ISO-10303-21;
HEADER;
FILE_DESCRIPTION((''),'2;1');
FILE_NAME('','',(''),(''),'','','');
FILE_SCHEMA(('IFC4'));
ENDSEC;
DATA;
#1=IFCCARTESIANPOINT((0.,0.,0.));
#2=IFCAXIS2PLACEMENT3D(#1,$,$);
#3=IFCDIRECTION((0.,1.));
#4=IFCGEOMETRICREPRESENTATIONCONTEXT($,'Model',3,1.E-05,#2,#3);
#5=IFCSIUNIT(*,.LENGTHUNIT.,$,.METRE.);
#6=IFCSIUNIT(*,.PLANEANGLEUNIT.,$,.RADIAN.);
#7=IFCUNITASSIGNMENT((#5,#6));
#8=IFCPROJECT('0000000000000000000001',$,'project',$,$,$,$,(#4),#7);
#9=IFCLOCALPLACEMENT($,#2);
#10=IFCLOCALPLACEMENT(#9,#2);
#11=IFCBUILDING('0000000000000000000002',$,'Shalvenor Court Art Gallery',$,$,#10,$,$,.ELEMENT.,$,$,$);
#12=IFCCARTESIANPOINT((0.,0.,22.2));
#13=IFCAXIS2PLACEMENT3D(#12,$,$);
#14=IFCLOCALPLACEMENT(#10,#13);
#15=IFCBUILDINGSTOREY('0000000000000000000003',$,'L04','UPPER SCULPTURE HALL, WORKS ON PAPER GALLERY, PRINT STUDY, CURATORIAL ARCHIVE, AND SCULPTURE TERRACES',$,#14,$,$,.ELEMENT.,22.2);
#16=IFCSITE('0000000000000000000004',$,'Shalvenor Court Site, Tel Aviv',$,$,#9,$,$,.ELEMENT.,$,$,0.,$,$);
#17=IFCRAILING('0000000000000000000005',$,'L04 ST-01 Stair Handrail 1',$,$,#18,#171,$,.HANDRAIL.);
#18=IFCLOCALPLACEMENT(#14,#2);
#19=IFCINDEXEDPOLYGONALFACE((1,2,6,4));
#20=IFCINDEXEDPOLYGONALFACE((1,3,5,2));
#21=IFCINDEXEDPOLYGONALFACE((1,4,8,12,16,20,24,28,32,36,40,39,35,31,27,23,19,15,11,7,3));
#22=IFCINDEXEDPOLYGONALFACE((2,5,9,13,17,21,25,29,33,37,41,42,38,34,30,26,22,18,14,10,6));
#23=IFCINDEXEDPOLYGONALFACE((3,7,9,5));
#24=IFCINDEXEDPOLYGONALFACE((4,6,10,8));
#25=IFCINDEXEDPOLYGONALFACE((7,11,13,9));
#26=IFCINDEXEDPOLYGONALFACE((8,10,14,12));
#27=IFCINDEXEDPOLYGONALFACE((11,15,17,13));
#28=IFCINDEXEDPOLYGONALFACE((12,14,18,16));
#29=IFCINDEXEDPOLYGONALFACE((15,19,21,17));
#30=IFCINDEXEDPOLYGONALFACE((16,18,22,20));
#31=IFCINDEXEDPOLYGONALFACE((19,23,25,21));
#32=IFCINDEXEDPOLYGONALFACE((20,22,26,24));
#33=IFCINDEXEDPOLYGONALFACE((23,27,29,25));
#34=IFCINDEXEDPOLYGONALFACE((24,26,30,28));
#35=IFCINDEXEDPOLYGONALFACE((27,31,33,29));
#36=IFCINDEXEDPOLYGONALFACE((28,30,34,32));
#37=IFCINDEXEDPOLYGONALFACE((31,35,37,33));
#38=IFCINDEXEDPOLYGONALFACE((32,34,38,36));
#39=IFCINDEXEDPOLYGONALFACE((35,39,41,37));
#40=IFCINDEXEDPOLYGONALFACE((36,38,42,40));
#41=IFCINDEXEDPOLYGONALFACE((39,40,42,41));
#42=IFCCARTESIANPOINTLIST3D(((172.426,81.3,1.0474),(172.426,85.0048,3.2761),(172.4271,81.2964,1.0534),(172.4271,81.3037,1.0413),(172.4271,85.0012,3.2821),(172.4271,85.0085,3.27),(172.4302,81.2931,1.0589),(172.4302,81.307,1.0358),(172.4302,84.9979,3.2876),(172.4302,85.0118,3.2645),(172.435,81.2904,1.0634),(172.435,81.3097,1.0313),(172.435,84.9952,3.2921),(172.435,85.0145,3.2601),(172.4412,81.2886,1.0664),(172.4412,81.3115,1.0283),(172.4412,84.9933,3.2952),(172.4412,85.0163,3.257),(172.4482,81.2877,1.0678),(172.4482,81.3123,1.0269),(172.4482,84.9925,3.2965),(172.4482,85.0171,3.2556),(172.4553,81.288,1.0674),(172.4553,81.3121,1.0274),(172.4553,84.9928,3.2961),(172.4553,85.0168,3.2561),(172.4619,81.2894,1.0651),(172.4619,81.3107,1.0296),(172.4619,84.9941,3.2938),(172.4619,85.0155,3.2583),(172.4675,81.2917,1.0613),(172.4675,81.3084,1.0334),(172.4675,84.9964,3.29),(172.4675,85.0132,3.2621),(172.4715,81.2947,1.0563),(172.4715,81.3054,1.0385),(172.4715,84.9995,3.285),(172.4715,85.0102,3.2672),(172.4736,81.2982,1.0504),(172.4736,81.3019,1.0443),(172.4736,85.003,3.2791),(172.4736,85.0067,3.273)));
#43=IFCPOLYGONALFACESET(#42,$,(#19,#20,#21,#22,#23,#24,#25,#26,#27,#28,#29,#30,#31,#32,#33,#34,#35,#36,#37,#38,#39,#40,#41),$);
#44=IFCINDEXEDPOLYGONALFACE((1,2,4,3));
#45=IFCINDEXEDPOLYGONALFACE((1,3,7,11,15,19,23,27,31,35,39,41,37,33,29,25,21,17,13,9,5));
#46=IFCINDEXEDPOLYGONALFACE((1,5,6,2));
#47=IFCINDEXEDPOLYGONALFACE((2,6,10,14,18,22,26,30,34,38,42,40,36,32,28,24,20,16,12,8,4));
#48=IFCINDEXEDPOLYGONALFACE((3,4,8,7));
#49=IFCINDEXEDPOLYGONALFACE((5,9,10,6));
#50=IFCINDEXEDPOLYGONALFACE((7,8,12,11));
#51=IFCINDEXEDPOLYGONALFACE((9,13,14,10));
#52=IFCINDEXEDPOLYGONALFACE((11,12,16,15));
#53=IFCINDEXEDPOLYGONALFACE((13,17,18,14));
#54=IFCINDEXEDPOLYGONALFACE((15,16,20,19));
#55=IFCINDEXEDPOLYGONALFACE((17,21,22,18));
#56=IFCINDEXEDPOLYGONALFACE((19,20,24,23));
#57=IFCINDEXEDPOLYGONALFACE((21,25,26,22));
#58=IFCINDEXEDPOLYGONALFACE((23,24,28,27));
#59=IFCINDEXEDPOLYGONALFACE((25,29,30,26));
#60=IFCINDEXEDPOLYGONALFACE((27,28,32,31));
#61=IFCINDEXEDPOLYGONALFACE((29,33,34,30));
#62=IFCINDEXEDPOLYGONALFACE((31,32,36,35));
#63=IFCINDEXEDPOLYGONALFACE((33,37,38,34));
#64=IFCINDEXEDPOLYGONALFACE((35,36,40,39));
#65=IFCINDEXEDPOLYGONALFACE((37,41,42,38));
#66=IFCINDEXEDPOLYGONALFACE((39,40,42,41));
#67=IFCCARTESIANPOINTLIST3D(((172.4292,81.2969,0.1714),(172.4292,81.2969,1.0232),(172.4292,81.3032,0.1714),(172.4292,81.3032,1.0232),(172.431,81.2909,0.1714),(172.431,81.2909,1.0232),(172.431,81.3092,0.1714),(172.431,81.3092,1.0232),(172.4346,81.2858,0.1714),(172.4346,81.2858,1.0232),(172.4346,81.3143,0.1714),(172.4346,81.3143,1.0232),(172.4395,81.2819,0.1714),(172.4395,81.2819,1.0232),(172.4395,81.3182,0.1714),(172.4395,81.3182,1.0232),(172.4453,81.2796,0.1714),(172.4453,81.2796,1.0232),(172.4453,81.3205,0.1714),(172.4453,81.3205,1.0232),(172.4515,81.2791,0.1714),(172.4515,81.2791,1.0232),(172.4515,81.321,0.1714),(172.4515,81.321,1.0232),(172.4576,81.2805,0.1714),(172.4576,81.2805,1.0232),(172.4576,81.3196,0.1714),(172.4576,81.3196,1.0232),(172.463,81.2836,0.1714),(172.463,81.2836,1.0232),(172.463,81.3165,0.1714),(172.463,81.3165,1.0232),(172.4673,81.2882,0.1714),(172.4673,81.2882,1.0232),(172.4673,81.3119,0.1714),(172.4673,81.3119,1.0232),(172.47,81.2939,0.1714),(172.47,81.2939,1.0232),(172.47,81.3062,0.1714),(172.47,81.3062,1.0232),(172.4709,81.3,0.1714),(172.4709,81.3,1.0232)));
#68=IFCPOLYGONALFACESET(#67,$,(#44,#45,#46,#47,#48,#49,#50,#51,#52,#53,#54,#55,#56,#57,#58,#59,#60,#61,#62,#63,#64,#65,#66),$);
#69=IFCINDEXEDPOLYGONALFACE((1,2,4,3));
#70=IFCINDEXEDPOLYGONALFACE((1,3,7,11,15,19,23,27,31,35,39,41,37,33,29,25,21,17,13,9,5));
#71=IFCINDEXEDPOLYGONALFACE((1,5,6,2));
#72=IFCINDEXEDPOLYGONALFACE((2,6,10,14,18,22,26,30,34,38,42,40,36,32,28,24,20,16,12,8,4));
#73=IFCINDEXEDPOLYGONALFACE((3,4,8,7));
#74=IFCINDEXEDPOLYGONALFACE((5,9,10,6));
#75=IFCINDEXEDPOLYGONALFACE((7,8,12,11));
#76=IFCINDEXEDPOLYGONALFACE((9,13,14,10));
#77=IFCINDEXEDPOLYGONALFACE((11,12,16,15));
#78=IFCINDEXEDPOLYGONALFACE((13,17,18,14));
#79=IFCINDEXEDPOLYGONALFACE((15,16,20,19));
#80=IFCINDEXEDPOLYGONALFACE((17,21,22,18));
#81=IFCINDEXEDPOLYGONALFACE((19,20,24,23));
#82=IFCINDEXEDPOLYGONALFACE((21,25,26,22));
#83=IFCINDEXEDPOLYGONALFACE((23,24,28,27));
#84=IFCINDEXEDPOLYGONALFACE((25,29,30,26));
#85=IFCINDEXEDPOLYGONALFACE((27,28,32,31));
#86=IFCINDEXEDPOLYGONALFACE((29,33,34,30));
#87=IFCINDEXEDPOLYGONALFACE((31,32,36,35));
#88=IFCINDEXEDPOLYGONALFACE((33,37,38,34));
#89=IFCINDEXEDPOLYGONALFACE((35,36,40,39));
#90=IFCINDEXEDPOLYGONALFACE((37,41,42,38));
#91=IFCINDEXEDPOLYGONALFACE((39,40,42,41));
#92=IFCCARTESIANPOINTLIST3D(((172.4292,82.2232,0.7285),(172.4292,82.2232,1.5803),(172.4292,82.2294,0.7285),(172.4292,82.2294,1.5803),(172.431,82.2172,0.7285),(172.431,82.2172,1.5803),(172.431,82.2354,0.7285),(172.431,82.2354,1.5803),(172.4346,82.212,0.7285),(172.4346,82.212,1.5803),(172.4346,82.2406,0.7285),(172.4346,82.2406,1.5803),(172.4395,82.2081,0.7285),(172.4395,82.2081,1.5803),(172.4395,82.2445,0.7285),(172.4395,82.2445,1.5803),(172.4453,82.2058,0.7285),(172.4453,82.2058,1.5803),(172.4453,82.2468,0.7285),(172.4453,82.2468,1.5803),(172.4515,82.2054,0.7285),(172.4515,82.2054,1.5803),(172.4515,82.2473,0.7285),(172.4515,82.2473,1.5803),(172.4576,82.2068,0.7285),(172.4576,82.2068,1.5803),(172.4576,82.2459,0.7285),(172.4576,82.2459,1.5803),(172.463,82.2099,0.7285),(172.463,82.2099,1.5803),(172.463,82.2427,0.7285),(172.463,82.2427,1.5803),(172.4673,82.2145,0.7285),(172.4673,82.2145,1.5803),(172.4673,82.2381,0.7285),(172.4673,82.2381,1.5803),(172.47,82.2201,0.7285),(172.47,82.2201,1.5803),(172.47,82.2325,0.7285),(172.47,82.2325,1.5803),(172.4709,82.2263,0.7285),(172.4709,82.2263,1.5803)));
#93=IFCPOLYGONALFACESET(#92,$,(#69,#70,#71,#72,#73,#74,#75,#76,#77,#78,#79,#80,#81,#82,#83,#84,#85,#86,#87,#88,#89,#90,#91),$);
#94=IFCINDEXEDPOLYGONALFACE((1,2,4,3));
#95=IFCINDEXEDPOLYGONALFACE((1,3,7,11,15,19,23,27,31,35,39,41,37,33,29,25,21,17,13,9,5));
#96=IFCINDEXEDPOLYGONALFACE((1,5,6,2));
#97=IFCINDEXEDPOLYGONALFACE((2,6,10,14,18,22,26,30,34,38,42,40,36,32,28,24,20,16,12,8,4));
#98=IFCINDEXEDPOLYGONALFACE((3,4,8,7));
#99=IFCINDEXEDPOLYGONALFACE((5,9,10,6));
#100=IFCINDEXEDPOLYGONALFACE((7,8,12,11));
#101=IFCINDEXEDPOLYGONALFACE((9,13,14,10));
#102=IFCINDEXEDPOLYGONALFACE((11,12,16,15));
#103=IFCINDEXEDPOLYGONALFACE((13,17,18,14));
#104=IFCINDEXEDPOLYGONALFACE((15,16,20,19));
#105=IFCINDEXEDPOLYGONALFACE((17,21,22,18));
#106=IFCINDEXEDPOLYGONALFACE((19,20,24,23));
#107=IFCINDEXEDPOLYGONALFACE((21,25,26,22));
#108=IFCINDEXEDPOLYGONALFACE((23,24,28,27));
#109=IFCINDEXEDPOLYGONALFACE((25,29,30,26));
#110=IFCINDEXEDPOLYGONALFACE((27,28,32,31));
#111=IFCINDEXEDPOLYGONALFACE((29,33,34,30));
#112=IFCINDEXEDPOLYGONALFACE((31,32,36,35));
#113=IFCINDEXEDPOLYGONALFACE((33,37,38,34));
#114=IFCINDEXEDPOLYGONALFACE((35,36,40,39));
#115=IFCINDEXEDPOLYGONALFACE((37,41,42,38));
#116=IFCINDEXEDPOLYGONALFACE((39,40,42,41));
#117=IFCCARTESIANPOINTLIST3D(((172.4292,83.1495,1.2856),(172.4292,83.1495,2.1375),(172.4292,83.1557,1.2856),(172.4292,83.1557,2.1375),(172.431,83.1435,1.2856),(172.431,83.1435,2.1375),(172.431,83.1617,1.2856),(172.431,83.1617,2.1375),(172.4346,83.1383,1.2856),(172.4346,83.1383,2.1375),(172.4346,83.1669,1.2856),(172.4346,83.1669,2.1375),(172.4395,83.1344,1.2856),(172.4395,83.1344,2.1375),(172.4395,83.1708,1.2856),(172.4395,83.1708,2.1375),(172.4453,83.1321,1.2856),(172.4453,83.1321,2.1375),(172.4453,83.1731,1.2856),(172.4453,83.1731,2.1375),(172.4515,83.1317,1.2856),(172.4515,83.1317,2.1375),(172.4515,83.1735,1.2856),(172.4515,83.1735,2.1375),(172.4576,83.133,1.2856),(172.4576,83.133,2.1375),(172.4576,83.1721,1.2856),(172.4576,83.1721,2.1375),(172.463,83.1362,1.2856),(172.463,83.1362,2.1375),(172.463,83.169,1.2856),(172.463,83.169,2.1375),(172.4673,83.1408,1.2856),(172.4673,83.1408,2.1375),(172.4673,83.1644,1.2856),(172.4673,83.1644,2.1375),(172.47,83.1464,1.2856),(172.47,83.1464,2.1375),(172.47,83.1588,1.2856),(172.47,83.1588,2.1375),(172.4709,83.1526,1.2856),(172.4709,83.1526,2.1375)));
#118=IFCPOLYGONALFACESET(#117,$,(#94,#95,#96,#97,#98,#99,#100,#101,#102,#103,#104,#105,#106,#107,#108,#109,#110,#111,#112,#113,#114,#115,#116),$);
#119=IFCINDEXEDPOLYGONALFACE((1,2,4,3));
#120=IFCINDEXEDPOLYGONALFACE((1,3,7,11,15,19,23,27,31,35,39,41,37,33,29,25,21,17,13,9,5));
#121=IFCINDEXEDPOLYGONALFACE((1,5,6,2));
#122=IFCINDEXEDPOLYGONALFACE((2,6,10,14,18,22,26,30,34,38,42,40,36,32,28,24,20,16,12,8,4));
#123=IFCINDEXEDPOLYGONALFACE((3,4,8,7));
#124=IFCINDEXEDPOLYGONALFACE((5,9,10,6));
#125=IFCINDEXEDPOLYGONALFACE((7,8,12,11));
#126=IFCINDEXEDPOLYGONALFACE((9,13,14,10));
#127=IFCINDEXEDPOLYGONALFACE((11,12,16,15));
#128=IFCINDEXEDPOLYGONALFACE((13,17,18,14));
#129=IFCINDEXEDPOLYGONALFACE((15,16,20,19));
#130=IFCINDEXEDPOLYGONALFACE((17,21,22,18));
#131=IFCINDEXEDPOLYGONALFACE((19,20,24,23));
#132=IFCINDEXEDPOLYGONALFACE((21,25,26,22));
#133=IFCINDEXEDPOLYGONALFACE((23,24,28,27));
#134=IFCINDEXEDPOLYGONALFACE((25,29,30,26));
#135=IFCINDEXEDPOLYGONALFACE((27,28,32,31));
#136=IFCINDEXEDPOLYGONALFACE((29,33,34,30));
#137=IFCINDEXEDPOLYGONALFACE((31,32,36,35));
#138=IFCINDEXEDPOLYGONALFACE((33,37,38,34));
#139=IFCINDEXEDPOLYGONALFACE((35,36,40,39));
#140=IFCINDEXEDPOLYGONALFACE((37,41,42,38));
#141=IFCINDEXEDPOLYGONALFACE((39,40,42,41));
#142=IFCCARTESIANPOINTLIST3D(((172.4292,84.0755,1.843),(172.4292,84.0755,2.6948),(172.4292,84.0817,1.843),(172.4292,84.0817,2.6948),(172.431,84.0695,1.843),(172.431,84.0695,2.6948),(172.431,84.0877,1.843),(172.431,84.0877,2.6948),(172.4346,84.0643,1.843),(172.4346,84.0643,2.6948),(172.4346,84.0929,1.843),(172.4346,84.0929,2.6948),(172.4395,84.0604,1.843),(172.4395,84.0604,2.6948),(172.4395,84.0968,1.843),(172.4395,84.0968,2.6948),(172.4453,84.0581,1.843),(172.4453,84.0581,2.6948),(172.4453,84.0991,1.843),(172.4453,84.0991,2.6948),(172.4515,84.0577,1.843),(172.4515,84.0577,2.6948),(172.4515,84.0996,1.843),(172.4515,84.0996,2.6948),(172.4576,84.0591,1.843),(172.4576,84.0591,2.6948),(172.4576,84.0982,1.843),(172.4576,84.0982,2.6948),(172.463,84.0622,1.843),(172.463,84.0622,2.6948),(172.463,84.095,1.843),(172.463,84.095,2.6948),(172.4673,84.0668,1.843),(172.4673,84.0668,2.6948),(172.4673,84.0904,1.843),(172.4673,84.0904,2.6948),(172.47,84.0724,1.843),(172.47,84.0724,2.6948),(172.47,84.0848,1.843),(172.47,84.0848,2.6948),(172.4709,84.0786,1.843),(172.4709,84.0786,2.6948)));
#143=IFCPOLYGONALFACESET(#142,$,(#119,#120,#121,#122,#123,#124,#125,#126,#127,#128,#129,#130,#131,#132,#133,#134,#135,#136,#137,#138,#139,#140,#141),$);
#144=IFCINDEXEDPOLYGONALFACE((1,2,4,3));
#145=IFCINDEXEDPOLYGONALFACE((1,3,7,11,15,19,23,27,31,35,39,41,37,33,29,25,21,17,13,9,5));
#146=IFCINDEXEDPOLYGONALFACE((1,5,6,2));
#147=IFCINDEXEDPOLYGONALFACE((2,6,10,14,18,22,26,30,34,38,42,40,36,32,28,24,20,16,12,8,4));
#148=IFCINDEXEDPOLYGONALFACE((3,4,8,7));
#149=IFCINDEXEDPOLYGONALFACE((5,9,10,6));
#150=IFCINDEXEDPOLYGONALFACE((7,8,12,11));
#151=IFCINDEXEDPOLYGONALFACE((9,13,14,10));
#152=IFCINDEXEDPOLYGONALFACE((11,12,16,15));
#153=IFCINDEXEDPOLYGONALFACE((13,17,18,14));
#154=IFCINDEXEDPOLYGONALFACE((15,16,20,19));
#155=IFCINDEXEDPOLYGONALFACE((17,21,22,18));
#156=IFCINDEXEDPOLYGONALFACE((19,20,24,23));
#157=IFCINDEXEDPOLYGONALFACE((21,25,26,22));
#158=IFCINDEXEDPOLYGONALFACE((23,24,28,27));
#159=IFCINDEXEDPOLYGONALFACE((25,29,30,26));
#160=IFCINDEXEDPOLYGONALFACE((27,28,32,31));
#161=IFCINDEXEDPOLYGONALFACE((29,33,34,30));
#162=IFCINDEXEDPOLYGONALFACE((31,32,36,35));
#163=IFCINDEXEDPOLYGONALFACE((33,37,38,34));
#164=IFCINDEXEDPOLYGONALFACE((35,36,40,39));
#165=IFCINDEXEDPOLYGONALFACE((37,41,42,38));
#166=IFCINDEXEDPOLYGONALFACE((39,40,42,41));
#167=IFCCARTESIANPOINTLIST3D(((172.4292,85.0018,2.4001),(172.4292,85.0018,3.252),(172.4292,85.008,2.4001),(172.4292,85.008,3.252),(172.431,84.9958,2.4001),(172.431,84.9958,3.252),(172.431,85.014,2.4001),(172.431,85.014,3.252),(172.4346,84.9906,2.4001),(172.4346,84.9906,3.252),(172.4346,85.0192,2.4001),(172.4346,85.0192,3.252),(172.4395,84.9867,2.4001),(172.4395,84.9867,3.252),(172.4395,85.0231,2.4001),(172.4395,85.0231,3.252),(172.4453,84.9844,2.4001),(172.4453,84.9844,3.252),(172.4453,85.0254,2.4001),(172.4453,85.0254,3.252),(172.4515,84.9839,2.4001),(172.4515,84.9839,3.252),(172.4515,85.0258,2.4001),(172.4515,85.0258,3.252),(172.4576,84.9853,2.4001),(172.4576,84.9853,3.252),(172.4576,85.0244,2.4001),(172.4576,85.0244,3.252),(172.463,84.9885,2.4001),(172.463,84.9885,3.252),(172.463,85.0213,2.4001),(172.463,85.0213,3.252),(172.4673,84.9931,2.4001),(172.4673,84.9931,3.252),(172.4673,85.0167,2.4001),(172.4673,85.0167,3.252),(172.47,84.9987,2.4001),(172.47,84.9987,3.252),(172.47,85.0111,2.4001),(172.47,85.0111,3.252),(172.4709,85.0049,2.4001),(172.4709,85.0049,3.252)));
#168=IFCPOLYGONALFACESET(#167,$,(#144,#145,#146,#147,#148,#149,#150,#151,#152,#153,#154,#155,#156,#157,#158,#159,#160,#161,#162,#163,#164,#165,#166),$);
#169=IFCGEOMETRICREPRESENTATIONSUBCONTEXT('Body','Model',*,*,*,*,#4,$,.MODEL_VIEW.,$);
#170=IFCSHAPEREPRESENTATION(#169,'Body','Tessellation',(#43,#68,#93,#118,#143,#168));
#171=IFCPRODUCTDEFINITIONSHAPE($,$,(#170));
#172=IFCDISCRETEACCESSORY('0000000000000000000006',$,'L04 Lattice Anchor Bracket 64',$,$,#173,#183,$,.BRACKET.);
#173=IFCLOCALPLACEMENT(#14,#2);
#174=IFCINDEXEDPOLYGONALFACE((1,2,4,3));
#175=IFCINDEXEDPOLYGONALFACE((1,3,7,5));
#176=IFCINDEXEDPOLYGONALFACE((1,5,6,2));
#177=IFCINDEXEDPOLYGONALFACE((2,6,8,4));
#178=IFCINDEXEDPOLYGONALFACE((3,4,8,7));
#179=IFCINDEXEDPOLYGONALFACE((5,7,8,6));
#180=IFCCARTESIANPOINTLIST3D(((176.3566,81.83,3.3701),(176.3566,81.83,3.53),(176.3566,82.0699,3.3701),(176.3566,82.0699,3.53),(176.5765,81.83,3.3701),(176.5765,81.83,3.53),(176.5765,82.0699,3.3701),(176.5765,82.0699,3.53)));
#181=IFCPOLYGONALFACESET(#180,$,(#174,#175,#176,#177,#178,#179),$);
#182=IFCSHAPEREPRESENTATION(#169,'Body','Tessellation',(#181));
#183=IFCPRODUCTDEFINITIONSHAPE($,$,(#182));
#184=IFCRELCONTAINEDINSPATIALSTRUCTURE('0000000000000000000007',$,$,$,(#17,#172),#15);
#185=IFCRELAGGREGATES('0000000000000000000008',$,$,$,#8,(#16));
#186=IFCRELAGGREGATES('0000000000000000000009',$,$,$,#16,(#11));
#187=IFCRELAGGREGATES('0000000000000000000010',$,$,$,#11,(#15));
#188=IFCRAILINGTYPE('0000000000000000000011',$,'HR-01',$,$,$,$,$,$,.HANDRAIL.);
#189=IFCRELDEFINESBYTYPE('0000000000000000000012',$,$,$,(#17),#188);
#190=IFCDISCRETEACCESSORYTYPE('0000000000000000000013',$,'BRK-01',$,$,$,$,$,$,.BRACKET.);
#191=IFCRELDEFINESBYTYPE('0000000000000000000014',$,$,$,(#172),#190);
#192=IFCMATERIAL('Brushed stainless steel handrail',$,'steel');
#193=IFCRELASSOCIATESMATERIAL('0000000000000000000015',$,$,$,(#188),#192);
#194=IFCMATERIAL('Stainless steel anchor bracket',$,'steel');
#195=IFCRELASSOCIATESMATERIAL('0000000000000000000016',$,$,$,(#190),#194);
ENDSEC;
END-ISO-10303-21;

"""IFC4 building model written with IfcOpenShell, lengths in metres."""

from ifc_helpers import new_model, si_unit, direction, frame, origin, origin_2d, place, context, subcontext, project, spatial, rectangle, circle, extrude, material, type_object, element, save


model = new_model("IFC4")

# Units and contexts
model_context = context("Model", 3, precision=1e-05, world=origin(), true_north=direction((0.0, 1.0)))
body_context = subcontext(model_context, "Body", "Model", "MODEL_VIEW")
ifc_project = project(units=[si_unit("LENGTHUNIT", "METRE"), si_unit("PLANEANGLEUNIT", "RADIAN")], contexts=[model_context])

# Site, building, storey
site_placement = place(None, origin())
site = spatial("IfcSite", under=ifc_project, at=site_placement, Name="Shalvenor Court Site, Tel Aviv", CompositionType="ELEMENT", RefElevation=0.0)
building_placement = place(site_placement, origin())
building = spatial("IfcBuilding", under=site, at=building_placement, Name="Shalvenor Court Art Gallery", CompositionType="ELEMENT")
storey_placement = place(building_placement, frame((0.0, 0.0, 22.2)))
storey = spatial("IfcBuildingStorey", under=building, at=storey_placement, Name="L04", Description="UPPER SCULPTURE HALL, WORKS ON PAPER GALLERY, PRINT STUDY, CURATORIAL ARCHIVE, AND SCULPTURE TERRACES", CompositionType="ELEMENT", Elevation=22.2)

# Railing
ifc_material_1 = material(Name="Brushed stainless steel handrail", Category="steel")
railing_type_1 = type_object("IfcRailingType", Name="HR-01", PredefinedType="HANDRAIL", material=ifc_material_1)
railing_1_placement = place(storey_placement, frame((172.45, 81.3, 0.1714)))
element("IfcRailing", 1, at=railing_1_placement, inside=storey, type_object=railing_type_1, Name="L04 ST-01 Stair Handrail 1", PredefinedType="HANDRAIL", context=body_context, shape_type="SweptSolid", body=[
    extrude(circle(Radius=0.0239, at=origin_2d()), frame((0.0, 0.0, 0.876), z_axis=(0.0, 0.856894, 0.515492), x_axis=(-1.0, 0.0, 0.0)), (0.0, 0.0, 1.0), 4.3235),
    extrude(circle(Radius=0.021, at=origin_2d()), origin(), (0.0, 0.0, 1.0), 0.8518),
    extrude(circle(Radius=0.021, at=origin_2d()), frame((0.0, 0.9263, 0.5571)), (0.0, 0.0, 1.0), 0.8518),
    extrude(circle(Radius=0.021, at=origin_2d()), frame((0.0, 1.8525, 1.1143)), (0.0, 0.0, 1.0), 0.8518),
    extrude(circle(Radius=0.021, at=origin_2d()), frame((0.0, 2.7786, 1.6716)), (0.0, 0.0, 1.0), 0.8518),
    extrude(circle(Radius=0.021, at=origin_2d()), frame((0.0, 3.7048, 2.2288)), (0.0, 0.0, 1.0), 0.8518),
])

# Discrete accessory
ifc_material_2 = material(Name="Stainless steel anchor bracket", Category="steel")
discrete_accessory_type = type_object("IfcDiscreteAccessoryType", Name="BRK-01", PredefinedType="BRACKET", material=ifc_material_2)
discrete_accessory_placement = place(storey_placement, frame((176.4666, 81.95, 3.3701), z_axis=(0.0, 0.0, 1.0), x_axis=(0.0, -1.0, 0.0)))
element("IfcDiscreteAccessory", 2, at=discrete_accessory_placement, inside=storey, type_object=discrete_accessory_type, Name="L04 Lattice Anchor Bracket 64", PredefinedType="BRACKET", context=body_context, shape_type="SweptSolid", body=[
    extrude(rectangle(XDim=0.24, YDim=0.22, at=origin_2d()), origin(), (0.0, 0.0, 1.0), 0.1599),
])

save(model, "model.ifc")
